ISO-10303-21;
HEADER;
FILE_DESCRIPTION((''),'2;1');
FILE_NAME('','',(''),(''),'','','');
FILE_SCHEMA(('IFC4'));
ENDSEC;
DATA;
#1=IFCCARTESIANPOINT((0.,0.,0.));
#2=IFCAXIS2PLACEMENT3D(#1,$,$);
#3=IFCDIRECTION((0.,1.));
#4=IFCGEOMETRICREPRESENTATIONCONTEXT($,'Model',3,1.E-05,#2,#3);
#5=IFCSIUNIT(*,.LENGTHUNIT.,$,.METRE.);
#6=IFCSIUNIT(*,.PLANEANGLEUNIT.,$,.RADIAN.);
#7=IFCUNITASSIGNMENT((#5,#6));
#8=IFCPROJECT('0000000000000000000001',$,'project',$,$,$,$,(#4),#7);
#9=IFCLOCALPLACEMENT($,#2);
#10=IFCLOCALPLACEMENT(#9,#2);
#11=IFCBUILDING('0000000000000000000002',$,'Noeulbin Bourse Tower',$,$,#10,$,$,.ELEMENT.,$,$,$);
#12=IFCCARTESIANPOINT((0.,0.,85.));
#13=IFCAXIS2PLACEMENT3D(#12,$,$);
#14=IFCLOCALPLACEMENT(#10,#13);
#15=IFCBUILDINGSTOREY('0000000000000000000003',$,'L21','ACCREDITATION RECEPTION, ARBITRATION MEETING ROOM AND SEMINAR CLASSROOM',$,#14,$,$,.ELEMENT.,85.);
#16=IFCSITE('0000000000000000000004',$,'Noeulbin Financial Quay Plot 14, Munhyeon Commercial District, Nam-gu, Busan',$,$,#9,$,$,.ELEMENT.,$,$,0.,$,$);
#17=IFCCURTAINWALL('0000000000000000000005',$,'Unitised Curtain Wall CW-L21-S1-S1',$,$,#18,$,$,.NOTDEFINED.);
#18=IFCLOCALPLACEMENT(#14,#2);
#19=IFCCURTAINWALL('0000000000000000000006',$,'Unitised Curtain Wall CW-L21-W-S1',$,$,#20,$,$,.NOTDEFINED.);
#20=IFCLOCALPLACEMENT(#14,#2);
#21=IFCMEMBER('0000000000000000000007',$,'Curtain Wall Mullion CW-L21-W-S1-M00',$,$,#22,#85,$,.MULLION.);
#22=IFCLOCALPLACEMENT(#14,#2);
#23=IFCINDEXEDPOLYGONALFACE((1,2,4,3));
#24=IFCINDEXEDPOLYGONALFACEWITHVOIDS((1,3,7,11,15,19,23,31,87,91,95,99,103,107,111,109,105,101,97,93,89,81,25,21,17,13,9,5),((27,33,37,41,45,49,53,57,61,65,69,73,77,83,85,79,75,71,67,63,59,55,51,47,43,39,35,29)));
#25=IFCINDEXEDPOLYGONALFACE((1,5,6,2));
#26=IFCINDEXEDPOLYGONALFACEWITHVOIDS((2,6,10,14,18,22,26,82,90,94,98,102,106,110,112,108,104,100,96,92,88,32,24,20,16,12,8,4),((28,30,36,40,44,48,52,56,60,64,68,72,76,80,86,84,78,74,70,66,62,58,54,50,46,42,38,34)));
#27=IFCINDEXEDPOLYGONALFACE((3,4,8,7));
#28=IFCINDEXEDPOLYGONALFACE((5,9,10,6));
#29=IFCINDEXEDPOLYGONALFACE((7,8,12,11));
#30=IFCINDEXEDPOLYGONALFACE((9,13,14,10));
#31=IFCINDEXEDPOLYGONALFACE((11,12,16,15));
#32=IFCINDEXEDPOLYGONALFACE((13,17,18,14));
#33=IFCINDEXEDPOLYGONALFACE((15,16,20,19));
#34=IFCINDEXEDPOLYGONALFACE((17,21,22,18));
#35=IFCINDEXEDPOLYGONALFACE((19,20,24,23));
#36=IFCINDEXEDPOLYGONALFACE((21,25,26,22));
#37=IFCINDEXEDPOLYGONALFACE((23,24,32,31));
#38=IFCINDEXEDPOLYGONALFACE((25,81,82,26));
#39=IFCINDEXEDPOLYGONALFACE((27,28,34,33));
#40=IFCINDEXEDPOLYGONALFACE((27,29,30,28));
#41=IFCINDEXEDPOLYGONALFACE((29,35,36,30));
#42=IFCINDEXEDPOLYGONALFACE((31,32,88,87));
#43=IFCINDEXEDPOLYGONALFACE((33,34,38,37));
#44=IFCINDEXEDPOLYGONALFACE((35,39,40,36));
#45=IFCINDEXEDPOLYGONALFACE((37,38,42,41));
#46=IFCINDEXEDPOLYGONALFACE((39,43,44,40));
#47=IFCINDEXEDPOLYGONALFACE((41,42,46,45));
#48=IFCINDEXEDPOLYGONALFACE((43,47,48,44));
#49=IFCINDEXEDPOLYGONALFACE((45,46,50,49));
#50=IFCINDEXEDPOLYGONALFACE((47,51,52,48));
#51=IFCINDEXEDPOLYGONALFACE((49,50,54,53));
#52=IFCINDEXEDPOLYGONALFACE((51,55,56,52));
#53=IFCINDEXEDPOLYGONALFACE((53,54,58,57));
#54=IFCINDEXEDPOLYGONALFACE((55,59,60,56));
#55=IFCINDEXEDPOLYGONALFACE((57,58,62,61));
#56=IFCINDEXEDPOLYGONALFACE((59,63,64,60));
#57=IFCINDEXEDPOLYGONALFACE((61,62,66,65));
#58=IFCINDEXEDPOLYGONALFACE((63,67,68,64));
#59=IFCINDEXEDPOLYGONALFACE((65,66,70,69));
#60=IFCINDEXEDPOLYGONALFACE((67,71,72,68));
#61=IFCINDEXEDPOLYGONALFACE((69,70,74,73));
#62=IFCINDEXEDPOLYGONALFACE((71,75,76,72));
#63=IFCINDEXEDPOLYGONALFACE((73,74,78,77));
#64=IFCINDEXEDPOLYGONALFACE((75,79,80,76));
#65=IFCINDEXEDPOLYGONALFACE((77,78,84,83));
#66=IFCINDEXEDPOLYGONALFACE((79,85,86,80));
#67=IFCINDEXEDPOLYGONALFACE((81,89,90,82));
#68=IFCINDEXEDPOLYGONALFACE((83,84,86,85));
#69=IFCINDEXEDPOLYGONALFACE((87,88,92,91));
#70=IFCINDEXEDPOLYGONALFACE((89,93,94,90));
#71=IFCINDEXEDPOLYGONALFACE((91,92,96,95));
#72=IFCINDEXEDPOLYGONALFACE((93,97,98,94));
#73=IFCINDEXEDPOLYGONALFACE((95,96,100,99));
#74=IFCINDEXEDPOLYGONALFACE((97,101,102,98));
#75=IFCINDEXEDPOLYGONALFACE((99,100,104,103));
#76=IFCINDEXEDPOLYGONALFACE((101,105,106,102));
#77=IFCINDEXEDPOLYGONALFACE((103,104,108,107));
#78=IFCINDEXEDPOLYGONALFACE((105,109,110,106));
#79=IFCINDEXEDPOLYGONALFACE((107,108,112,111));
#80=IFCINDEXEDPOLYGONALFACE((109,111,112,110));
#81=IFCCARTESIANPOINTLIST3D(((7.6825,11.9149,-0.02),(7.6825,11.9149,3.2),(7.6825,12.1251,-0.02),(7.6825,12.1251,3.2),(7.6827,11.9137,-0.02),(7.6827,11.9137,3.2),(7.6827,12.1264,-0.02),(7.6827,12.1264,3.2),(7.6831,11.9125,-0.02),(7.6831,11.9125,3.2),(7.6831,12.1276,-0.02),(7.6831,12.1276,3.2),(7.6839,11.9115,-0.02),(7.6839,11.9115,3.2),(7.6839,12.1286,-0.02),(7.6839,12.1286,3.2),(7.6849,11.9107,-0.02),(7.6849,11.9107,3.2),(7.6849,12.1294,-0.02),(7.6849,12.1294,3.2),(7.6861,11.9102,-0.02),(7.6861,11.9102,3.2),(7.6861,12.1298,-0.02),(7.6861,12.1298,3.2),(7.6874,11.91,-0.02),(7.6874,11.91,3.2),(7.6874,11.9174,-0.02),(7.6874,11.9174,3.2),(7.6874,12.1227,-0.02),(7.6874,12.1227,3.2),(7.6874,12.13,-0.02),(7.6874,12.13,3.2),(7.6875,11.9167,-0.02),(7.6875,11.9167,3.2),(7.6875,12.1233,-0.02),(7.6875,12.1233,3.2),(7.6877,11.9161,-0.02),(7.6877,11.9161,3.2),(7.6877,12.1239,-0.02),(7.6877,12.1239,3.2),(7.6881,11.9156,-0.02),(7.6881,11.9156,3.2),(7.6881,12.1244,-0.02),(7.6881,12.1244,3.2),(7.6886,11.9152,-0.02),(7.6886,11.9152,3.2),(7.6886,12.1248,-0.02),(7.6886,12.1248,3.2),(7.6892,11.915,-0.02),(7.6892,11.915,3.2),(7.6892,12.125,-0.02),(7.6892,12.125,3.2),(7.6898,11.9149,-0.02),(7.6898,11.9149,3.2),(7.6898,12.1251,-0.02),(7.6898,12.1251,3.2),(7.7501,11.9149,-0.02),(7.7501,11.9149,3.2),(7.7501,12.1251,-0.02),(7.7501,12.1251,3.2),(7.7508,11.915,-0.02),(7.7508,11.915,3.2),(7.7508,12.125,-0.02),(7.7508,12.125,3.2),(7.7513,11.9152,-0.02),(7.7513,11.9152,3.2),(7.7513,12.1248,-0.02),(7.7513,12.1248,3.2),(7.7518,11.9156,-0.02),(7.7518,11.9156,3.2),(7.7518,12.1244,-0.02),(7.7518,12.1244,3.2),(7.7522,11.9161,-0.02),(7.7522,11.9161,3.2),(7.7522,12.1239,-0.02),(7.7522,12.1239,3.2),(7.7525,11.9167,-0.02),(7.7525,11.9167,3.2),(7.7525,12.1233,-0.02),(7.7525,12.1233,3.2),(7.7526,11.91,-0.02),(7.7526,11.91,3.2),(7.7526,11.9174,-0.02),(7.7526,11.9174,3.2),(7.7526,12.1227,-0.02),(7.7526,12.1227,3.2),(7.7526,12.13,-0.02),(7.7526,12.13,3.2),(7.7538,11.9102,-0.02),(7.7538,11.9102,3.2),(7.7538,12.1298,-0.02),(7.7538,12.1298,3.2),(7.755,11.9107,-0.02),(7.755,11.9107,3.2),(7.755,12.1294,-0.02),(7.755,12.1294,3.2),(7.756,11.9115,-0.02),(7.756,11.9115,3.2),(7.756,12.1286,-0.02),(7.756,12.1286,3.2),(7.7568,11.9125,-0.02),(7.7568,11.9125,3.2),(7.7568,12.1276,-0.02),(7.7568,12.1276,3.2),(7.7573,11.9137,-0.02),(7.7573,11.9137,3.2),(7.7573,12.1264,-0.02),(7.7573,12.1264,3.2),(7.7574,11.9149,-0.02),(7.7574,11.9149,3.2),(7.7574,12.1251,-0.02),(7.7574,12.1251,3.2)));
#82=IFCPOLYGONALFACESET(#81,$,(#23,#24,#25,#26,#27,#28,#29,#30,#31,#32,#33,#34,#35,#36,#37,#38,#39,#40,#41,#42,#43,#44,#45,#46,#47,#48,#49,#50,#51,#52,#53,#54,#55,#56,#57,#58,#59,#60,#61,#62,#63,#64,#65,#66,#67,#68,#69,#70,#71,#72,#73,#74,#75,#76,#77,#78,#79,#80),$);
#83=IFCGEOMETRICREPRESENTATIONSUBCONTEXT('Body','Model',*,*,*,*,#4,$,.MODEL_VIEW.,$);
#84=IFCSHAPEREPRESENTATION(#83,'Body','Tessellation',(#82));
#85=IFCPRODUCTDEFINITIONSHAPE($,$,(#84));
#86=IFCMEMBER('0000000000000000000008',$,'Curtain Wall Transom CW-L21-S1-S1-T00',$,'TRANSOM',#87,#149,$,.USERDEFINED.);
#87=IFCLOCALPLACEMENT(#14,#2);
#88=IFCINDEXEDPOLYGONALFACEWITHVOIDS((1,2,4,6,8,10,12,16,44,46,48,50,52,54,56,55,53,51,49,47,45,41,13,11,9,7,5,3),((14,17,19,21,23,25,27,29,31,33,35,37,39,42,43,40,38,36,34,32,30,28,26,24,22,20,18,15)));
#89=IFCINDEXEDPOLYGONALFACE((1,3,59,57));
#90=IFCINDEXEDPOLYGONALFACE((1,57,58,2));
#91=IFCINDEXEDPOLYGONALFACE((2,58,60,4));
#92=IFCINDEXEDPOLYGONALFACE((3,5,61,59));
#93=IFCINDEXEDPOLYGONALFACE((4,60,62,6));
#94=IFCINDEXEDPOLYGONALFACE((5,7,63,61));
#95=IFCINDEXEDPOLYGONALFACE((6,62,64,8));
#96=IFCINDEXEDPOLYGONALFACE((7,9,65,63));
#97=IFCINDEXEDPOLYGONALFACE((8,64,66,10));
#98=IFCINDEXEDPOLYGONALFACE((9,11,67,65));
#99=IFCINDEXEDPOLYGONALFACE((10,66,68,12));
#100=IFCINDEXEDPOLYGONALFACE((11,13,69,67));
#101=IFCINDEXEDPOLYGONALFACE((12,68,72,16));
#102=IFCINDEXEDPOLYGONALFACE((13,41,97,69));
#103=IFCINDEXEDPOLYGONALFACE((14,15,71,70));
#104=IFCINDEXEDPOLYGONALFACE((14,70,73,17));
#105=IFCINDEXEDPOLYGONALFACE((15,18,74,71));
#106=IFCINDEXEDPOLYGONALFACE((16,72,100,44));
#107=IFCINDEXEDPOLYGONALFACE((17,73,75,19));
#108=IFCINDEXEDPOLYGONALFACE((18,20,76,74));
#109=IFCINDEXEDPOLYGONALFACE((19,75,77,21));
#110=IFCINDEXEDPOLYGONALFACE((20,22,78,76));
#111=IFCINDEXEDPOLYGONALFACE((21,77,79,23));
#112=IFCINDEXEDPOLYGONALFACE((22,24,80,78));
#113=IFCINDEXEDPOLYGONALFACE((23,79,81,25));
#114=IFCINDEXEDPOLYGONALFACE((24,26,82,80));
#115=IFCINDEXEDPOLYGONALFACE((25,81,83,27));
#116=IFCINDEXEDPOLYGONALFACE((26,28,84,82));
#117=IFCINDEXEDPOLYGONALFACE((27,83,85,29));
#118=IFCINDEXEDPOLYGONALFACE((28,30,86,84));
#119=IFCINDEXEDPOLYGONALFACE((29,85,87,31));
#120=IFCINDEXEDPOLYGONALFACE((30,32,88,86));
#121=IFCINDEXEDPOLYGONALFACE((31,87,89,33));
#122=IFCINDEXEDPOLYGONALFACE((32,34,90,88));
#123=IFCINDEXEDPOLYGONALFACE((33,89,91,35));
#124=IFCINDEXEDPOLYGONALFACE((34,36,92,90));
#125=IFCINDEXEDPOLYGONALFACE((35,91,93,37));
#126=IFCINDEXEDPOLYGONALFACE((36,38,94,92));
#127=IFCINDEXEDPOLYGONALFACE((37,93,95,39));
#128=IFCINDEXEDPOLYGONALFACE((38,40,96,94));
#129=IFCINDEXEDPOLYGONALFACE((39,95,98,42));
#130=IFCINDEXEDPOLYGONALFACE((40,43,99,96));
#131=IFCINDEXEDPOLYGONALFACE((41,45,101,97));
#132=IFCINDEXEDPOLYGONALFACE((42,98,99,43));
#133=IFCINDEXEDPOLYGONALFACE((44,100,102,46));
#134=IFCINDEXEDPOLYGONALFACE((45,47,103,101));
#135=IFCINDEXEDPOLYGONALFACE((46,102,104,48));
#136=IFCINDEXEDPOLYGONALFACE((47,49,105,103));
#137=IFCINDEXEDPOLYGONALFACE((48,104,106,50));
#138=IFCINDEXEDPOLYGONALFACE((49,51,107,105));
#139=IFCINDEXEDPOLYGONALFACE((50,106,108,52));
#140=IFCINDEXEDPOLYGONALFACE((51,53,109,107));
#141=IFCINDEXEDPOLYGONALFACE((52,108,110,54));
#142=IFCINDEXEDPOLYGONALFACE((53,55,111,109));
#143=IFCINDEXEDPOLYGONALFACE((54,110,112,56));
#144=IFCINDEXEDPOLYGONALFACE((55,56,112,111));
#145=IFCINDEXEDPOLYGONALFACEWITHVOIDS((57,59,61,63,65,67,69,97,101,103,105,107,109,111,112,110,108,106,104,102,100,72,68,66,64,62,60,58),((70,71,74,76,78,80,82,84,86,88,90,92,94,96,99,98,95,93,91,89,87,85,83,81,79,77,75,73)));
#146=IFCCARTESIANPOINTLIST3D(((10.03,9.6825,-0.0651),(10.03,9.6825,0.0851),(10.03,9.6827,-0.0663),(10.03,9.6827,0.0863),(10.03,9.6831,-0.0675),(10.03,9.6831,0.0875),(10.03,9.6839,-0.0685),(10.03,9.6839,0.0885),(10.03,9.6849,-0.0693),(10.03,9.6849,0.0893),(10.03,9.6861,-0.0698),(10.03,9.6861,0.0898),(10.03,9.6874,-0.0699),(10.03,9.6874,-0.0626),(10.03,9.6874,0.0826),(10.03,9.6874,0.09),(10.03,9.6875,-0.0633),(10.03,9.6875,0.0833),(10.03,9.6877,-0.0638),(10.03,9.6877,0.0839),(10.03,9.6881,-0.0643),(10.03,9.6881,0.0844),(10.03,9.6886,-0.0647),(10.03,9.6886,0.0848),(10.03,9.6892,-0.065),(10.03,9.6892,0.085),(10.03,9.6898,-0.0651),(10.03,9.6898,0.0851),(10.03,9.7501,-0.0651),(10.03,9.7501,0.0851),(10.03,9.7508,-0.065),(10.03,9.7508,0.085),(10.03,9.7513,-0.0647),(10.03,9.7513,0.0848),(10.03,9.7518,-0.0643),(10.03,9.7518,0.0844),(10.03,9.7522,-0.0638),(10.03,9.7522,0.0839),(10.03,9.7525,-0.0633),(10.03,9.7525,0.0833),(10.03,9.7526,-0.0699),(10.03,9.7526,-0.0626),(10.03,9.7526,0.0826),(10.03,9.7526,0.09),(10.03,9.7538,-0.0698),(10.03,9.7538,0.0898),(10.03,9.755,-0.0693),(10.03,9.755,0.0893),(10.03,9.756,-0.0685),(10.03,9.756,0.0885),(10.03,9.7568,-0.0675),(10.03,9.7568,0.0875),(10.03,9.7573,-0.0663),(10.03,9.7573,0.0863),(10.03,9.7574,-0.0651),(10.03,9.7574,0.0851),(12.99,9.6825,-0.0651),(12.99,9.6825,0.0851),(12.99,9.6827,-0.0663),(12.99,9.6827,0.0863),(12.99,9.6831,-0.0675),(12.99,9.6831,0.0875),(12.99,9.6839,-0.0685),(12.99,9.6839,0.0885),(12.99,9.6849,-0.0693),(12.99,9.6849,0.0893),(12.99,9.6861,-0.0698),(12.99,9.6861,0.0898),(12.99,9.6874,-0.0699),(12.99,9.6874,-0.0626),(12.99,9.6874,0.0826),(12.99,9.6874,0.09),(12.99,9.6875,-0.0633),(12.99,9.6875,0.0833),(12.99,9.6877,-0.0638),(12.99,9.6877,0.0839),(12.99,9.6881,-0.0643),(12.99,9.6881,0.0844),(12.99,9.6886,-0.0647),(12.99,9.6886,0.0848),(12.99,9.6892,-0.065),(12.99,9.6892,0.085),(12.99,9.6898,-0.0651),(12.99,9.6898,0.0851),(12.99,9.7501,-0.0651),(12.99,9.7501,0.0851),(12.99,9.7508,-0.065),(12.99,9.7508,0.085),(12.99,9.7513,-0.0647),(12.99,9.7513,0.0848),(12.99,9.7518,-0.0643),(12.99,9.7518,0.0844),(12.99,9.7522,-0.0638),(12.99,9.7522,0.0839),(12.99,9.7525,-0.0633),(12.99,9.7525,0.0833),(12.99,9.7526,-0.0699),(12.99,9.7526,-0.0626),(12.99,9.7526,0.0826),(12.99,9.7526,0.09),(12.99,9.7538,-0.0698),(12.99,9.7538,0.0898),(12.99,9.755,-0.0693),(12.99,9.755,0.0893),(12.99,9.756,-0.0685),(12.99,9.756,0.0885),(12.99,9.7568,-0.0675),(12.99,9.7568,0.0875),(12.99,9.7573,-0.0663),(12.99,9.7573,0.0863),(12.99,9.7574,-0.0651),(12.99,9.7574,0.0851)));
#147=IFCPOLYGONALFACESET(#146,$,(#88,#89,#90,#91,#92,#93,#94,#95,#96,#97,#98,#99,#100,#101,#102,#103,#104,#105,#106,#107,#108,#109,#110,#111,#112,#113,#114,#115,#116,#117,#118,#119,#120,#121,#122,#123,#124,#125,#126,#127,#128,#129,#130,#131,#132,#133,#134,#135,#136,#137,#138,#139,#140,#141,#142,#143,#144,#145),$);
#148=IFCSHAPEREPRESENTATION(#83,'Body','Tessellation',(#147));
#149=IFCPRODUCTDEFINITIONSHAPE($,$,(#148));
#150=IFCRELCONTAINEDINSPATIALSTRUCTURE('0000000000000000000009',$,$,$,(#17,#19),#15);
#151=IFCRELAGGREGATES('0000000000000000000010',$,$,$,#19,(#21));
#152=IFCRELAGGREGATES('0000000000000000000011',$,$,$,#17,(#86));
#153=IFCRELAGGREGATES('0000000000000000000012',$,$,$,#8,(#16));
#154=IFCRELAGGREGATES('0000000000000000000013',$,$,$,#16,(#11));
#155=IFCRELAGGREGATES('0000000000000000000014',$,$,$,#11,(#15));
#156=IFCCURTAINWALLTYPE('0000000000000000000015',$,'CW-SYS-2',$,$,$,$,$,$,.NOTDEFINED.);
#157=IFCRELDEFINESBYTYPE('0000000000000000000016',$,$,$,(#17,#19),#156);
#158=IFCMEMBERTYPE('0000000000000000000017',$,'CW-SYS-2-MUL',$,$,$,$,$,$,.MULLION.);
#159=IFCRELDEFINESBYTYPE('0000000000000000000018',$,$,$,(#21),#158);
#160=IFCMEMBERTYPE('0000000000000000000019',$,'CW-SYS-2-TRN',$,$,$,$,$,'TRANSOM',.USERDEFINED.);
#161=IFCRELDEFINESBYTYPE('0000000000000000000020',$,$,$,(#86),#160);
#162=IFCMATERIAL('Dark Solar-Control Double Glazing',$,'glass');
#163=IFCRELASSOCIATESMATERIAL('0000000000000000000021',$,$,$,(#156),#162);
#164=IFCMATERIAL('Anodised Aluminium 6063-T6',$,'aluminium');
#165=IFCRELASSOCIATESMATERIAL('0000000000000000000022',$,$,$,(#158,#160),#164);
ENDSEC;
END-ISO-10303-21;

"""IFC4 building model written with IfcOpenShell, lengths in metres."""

from ifc_helpers import new_model, si_unit, direction, frame, origin, origin_2d, place, context, subcontext, project, spatial, hollow_rectangle, extrude, material, material_profile, profile_set, type_object, element, aggregate, save


model = new_model("IFC4")

# Units and contexts
model_context = context("Model", 3, precision=1e-05, world=origin(), true_north=direction((0.0, 1.0)))
body_context = subcontext(model_context, "Body", "Model", "MODEL_VIEW")
ifc_project = project(units=[si_unit("LENGTHUNIT", "METRE"), si_unit("PLANEANGLEUNIT", "RADIAN")], contexts=[model_context])

# Site, building, storey
site_placement = place(None, origin())
site = spatial("IfcSite", under=ifc_project, at=site_placement, Name="Noeulbin Financial Quay Plot 14, Munhyeon Commercial District, Nam-gu, Busan", CompositionType="ELEMENT", RefElevation=0.0)
building_placement = place(site_placement, origin())
building = spatial("IfcBuilding", under=site, at=building_placement, Name="Noeulbin Bourse Tower", CompositionType="ELEMENT")
storey_placement = place(building_placement, frame((0.0, 0.0, 85.0)))
storey = spatial("IfcBuildingStorey", under=building, at=storey_placement, Name="L21", Description="ACCREDITATION RECEPTION, ARBITRATION MEETING ROOM AND SEMINAR CLASSROOM", CompositionType="ELEMENT", Elevation=85.0)

# Curtain wall
ifc_material_1 = material(Name="Dark Solar-Control Double Glazing", Category="glass")
curtain_wall_type = type_object("IfcCurtainWallType", Name="CW-SYS-2", PredefinedType="NOTDEFINED", material=ifc_material_1)
curtain_wall_1_placement = place(storey_placement, origin())
curtain_wall_1 = element("IfcCurtainWall", 1, at=curtain_wall_1_placement, inside=storey, type_object=curtain_wall_type, Name="Unitised Curtain Wall CW-L21-S1-S1", PredefinedType="NOTDEFINED")
ifc_material_2 = material(Name="Anodised Aluminium 6063-T6", Category="aluminium")
ifc_material_profile_1 = material_profile(ifc_material_2, hollow_rectangle(XDim=0.075, YDim=0.22, WallThickness=0.0049, InnerFilletRadius=0.0024, OuterFilletRadius=0.0049, at=origin_2d()), Name="ALU-MULL-75x220x5", Category="LoadBearing")
ifc_profile_set_1 = profile_set([ifc_material_profile_1], Name="Anodised Aluminium 6063-T6")
member_type_1 = type_object("IfcMemberType", Name="CW-SYS-2-MUL", PredefinedType="MULLION", material=ifc_profile_set_1)

# Curtain wall, member
curtain_wall_2_placement = place(storey_placement, origin())
curtain_wall_2 = element("IfcCurtainWall", 2, at=curtain_wall_2_placement, inside=storey, type_object=curtain_wall_type, Name="Unitised Curtain Wall CW-L21-W-S1", PredefinedType="NOTDEFINED")
member_1_placement = place(storey_placement, frame((7.72, 12.02, -0.02), z_axis=(0.0, 0.0, 1.0), x_axis=(1.0, 0.0, 0.0)))
member_1 = element("IfcMember", 3, at=member_1_placement, type_object=member_type_1, Name="Curtain Wall Mullion CW-L21-W-S1-M00", PredefinedType="MULLION", context=body_context, shape_type="SweptSolid", body=[
    extrude(hollow_rectangle(XDim=0.075, YDim=0.22, WallThickness=0.0049, InnerFilletRadius=0.0024, OuterFilletRadius=0.0049, at=origin_2d()), origin(), (0.0, 0.0, 1.0), 3.22),
])
aggregate(curtain_wall_2, [member_1])

# Member
ifc_material_profile_2 = material_profile(ifc_material_2, hollow_rectangle(XDim=0.075, YDim=0.1599, WallThickness=0.0049, InnerFilletRadius=0.0024, OuterFilletRadius=0.0049, at=origin_2d()), Name="ALU-TRAN-75x160x5", Category="LoadBearing")
ifc_profile_set_2 = profile_set([ifc_material_profile_2], Name="Anodised Aluminium 6063-T6")
member_type_2 = type_object("IfcMemberType", Name="CW-SYS-2-TRN", ElementType="TRANSOM", PredefinedType="USERDEFINED", material=ifc_profile_set_2)
member_2_placement = place(storey_placement, frame((10.03, 9.72, 0.01), z_axis=(1.0, 0.0, 0.0), x_axis=(0.0, 1.0, 0.0)))
member_2 = element("IfcMember", 4, at=member_2_placement, type_object=member_type_2, Name="Curtain Wall Transom CW-L21-S1-S1-T00", ObjectType="TRANSOM", PredefinedType="USERDEFINED", context=body_context, shape_type="SweptSolid", body=[
    extrude(hollow_rectangle(XDim=0.075, YDim=0.1599, WallThickness=0.0049, InnerFilletRadius=0.0024, OuterFilletRadius=0.0049, at=origin_2d()), origin(), (0.0, 0.0, 1.0), 2.96),
])

aggregate(curtain_wall_1, [member_2])

save(model, "model.ifc")
